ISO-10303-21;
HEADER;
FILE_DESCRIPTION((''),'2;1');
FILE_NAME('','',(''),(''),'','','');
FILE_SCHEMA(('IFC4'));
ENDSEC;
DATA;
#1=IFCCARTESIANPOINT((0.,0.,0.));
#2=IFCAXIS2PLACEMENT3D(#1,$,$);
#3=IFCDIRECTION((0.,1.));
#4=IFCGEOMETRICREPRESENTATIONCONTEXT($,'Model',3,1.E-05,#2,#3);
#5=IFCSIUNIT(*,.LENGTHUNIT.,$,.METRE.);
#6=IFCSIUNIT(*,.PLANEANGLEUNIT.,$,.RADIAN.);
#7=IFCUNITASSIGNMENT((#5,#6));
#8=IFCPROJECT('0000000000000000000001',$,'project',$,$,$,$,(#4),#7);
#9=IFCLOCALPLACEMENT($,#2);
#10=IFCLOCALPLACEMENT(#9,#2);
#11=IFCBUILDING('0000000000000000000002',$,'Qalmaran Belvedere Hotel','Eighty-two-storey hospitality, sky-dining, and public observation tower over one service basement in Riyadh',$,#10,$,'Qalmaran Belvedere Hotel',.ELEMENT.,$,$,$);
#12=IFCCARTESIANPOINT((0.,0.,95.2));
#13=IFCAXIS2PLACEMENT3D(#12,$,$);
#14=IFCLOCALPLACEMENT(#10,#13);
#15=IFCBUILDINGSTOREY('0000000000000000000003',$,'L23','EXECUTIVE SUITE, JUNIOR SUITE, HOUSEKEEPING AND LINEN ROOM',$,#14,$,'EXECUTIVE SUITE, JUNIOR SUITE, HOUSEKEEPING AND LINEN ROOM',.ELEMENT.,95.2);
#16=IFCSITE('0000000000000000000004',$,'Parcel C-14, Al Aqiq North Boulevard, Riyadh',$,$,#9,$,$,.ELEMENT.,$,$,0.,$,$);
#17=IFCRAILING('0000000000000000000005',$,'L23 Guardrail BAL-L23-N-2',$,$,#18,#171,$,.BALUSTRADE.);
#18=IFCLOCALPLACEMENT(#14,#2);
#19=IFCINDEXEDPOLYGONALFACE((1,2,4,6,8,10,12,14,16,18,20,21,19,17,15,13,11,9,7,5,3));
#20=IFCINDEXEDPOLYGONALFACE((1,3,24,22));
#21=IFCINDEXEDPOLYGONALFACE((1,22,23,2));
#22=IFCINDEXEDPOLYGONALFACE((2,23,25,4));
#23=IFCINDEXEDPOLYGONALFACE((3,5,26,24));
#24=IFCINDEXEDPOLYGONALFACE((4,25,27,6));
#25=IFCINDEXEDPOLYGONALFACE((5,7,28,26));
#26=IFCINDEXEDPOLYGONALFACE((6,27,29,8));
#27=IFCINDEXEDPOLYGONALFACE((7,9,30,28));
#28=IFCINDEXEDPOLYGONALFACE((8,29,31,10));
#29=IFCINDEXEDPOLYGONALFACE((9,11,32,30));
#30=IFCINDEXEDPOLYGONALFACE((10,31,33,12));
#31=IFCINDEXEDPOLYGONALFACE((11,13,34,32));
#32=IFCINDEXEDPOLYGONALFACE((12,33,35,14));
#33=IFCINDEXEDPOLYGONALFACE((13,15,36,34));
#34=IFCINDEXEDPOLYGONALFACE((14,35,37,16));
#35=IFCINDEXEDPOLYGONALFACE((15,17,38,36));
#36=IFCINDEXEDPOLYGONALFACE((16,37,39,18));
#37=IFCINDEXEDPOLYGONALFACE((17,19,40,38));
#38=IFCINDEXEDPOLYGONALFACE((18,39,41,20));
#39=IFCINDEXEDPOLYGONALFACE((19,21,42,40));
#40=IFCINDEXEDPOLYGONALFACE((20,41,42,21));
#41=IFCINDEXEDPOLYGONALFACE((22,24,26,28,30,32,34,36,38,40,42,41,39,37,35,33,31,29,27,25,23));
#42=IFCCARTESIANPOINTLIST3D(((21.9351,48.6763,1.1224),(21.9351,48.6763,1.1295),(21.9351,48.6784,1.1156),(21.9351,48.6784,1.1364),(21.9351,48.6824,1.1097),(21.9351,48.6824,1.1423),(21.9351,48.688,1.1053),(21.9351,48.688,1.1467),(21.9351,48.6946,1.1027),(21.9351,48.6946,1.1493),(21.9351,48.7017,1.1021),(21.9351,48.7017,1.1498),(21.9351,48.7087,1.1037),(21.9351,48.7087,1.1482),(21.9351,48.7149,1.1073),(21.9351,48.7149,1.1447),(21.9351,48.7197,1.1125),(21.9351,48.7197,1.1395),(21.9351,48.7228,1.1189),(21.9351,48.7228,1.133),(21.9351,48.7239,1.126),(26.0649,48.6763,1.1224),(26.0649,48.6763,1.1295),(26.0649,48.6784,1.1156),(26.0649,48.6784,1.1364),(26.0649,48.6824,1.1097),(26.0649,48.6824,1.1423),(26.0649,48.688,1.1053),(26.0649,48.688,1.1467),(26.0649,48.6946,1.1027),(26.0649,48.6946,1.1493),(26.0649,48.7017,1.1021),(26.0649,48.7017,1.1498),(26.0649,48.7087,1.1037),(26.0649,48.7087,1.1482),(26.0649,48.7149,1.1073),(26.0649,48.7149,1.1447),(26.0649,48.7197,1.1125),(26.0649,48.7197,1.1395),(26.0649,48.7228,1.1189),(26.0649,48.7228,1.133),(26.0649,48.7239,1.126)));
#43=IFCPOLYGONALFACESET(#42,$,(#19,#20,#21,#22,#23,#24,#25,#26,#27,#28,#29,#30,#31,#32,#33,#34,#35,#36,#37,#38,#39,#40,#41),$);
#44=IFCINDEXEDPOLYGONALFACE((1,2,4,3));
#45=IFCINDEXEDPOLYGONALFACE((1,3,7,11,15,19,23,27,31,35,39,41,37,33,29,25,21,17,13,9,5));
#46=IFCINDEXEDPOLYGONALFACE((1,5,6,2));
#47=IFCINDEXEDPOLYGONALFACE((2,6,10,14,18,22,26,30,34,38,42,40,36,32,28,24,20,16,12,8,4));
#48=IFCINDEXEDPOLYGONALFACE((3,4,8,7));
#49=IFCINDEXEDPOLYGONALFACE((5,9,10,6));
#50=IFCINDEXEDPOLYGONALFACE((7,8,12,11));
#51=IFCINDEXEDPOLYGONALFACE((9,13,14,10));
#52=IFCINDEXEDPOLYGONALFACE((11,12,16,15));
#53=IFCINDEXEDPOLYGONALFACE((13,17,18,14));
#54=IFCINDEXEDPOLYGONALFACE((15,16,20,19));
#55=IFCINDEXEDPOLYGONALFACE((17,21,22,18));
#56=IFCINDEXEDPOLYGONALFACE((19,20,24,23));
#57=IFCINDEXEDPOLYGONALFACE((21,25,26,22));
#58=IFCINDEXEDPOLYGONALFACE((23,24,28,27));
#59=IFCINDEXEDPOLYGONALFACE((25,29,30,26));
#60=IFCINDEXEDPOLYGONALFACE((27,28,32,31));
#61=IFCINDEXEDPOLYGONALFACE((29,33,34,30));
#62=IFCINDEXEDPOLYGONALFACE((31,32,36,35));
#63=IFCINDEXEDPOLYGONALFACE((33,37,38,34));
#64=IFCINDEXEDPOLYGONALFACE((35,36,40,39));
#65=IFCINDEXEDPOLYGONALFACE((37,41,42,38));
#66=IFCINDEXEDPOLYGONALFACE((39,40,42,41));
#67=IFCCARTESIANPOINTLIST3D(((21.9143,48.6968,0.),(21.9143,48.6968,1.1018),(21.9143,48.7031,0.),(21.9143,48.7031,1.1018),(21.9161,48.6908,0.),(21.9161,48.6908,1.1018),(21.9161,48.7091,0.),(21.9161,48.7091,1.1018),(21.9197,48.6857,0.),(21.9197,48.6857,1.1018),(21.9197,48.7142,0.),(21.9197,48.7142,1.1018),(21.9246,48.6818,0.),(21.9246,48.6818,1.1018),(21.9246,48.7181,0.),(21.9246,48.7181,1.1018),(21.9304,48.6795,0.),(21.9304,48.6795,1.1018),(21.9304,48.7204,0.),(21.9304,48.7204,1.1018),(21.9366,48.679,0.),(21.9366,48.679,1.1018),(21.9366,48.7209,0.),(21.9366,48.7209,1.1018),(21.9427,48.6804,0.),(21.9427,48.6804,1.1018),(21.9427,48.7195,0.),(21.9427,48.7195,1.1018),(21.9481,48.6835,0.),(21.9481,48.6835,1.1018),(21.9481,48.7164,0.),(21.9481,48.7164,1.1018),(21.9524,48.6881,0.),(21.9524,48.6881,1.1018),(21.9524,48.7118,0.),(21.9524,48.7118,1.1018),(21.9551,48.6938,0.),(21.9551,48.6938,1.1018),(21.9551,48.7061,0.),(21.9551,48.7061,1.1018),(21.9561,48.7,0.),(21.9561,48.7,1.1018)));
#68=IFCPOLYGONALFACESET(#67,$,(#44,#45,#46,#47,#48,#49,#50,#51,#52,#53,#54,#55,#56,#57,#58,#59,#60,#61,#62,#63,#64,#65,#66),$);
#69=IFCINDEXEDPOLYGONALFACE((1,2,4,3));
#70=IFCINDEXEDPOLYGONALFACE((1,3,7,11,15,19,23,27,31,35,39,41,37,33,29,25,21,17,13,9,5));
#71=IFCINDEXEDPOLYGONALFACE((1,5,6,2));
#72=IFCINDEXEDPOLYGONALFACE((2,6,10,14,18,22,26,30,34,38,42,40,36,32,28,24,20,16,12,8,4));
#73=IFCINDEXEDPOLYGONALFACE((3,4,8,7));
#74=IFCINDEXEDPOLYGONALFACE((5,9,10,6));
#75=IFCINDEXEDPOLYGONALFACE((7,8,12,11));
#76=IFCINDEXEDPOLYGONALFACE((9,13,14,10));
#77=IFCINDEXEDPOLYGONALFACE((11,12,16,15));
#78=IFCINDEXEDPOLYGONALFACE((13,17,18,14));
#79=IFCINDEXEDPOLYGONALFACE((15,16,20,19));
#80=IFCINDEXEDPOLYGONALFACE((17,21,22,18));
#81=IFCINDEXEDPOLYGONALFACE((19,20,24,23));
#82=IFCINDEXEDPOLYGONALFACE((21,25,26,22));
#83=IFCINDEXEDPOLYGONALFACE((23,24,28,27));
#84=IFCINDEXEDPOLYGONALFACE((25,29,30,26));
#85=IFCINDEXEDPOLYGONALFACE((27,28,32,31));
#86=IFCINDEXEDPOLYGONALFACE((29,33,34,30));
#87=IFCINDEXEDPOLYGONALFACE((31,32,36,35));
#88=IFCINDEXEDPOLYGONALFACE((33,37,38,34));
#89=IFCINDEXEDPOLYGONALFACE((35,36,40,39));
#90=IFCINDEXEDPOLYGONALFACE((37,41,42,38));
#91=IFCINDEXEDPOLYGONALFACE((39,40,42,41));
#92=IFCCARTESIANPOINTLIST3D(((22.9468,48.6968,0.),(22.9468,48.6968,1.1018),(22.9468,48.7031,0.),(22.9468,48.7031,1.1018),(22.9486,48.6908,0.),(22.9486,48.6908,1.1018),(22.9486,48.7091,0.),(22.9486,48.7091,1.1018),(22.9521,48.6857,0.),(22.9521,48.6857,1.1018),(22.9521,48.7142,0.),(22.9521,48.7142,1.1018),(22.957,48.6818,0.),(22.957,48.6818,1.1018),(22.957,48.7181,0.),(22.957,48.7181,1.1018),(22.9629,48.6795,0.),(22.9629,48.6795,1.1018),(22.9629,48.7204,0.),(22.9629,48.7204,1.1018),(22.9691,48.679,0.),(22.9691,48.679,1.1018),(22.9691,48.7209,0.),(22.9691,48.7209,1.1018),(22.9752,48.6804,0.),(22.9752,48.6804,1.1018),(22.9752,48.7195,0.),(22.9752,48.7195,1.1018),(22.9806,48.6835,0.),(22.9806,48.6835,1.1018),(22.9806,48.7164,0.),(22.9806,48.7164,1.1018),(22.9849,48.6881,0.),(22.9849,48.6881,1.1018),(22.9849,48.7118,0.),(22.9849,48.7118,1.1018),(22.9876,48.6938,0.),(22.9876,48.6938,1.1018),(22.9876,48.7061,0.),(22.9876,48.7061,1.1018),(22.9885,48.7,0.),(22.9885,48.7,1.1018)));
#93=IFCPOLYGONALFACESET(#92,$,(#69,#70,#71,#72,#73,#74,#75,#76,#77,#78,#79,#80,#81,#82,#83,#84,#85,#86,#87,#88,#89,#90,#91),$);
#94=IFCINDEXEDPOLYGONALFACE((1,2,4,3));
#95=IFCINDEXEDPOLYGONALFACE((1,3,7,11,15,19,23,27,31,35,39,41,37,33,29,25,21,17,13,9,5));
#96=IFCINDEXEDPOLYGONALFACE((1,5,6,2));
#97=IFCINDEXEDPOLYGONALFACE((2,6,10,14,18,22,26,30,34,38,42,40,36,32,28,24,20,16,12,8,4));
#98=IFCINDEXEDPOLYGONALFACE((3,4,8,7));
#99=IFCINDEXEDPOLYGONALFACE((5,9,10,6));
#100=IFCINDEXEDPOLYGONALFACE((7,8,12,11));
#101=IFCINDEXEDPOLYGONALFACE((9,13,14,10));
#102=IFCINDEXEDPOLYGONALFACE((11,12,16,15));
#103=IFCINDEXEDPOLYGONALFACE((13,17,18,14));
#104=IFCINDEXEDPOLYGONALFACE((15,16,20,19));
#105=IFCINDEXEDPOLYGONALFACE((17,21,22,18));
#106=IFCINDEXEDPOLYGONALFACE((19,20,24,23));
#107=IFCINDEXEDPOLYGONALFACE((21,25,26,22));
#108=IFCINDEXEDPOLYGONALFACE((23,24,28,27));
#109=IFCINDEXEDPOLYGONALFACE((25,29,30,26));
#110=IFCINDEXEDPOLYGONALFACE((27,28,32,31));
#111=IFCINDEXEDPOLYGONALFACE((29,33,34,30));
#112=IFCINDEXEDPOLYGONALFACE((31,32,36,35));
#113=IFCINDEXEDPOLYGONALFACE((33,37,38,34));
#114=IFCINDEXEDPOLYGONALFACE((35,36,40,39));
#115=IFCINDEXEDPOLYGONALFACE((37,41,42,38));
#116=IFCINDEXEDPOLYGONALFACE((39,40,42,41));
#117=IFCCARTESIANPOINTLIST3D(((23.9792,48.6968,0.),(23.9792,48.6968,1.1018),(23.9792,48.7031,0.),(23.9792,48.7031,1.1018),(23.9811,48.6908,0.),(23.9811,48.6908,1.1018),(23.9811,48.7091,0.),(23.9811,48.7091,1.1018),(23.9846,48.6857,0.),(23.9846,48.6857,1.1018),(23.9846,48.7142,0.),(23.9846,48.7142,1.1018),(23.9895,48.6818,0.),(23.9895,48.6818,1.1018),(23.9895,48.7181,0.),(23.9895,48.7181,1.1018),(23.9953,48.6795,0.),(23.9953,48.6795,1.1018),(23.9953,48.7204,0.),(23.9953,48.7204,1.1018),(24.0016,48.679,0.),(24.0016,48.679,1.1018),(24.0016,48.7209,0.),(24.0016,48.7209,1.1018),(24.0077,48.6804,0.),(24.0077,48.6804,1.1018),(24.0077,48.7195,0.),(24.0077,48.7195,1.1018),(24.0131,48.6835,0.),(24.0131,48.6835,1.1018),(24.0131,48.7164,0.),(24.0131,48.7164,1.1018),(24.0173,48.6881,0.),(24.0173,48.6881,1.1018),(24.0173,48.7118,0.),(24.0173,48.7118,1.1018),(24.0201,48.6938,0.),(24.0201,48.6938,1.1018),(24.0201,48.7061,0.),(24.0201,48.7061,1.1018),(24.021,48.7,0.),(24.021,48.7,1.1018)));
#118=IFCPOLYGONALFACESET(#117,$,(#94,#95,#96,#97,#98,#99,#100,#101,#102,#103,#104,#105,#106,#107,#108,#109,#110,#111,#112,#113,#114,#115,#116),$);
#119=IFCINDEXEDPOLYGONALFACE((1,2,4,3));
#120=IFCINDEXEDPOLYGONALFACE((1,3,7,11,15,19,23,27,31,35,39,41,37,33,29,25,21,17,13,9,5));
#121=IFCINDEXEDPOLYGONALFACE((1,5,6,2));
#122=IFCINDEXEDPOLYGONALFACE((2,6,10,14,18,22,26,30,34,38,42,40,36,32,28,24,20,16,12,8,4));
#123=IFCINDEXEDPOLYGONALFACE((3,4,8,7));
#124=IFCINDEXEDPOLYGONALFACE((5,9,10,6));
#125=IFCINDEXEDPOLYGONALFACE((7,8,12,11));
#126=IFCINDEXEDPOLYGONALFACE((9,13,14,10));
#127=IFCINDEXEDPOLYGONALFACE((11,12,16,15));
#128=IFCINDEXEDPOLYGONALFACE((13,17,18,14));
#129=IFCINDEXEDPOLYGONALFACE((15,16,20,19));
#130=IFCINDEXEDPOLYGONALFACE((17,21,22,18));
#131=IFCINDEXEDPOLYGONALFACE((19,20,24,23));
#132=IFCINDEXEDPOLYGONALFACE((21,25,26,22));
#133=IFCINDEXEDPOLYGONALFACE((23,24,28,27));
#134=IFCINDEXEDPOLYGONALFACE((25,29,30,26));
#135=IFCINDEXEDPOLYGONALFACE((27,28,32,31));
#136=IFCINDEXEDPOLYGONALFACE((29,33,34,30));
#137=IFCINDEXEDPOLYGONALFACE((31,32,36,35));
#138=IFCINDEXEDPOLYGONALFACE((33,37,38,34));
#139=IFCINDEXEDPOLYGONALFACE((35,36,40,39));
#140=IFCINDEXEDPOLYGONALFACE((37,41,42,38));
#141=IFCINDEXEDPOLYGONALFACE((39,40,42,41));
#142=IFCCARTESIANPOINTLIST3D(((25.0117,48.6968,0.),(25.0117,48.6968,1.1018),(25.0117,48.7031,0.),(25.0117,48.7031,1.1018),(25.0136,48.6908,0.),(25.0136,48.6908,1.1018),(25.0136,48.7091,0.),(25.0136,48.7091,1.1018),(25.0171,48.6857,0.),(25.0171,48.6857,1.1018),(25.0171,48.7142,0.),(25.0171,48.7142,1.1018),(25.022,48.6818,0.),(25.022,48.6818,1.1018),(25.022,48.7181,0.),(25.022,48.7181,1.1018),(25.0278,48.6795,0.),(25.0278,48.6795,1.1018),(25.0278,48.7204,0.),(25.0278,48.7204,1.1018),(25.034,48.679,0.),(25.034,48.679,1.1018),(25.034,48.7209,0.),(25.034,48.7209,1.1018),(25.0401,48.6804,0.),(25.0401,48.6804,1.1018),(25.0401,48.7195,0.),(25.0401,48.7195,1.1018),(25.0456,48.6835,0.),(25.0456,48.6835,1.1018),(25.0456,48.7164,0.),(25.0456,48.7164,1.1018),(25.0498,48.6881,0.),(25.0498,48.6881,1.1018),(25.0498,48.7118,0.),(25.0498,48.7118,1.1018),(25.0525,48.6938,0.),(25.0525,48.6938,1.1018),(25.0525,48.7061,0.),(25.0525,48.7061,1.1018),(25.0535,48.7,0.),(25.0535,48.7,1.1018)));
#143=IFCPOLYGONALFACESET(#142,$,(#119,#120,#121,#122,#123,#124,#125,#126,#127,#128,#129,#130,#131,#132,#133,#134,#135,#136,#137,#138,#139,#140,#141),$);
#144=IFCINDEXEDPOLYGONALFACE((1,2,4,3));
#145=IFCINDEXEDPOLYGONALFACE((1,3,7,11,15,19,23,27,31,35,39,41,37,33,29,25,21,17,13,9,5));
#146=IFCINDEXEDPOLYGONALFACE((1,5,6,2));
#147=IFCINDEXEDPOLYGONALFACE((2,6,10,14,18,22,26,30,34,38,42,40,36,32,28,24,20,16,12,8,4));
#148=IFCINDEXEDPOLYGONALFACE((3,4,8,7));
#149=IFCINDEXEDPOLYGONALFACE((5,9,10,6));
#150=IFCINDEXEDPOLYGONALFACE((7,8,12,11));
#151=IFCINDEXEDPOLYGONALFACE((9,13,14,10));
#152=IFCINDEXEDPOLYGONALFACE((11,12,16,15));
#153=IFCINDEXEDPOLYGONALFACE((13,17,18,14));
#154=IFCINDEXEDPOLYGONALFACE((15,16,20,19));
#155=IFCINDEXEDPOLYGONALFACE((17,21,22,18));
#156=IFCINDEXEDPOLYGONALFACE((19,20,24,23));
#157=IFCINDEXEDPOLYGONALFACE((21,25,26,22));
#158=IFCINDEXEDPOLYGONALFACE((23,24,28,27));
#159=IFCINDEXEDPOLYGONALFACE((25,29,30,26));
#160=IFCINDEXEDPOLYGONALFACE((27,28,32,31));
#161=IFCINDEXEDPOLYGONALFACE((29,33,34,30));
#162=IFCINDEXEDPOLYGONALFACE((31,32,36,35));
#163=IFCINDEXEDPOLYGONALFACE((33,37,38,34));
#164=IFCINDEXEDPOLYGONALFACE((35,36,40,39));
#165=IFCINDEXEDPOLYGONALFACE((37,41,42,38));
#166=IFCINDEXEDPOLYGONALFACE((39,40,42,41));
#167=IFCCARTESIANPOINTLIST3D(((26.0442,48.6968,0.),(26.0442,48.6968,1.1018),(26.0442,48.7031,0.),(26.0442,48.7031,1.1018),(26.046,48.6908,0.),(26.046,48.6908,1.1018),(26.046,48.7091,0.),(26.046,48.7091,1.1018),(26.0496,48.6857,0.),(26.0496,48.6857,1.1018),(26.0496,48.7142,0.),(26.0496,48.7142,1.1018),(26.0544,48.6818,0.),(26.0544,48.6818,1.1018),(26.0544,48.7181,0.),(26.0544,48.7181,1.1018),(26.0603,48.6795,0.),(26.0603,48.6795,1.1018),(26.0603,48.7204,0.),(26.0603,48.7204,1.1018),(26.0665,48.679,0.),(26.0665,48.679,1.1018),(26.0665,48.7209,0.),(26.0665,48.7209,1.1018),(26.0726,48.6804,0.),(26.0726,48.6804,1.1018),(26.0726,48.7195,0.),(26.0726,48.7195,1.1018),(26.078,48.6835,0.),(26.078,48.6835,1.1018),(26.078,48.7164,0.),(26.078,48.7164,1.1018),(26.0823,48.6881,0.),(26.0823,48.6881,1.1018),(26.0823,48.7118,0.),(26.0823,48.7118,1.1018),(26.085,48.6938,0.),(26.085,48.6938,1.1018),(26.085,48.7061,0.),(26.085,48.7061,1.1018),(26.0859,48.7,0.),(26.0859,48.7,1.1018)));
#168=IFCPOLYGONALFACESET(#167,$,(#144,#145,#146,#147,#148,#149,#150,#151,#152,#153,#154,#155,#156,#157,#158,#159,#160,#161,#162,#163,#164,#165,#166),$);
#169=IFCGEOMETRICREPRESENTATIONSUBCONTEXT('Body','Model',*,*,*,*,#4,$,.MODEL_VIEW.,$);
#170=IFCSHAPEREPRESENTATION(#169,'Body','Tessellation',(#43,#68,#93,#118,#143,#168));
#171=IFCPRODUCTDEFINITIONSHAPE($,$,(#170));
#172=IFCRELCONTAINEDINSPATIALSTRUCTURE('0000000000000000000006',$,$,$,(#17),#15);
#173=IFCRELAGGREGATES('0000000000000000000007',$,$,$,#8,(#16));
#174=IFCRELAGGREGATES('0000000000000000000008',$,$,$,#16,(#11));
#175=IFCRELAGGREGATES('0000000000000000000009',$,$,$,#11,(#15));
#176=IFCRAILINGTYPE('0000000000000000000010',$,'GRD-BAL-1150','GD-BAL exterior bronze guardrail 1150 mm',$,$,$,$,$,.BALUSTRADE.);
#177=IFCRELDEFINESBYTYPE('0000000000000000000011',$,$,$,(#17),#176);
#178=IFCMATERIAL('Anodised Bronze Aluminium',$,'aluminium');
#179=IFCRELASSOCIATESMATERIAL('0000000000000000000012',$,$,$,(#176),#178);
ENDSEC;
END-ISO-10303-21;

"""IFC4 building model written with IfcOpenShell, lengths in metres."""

from ifc_helpers import new_model, si_unit, direction, frame, origin, origin_2d, place, context, subcontext, project, spatial, circle, extrude, material, type_object, element, save


model = new_model("IFC4")

# Units and contexts
model_context = context("Model", 3, precision=1e-05, world=origin(), true_north=direction((0.0, 1.0)))
body_context = subcontext(model_context, "Body", "Model", "MODEL_VIEW")
ifc_project = project(units=[si_unit("LENGTHUNIT", "METRE"), si_unit("PLANEANGLEUNIT", "RADIAN")], contexts=[model_context])

# Site, building, storey
site_placement = place(None, origin())
site = spatial("IfcSite", under=ifc_project, at=site_placement, Name="Parcel C-14, Al Aqiq North Boulevard, Riyadh", CompositionType="ELEMENT", RefElevation=0.0)
building_placement = place(site_placement, origin())
building = spatial("IfcBuilding", under=site, at=building_placement, Name="Qalmaran Belvedere Hotel", Description="Eighty-two-storey hospitality, sky-dining, and public observation tower over one service basement in Riyadh", LongName="Qalmaran Belvedere Hotel", CompositionType="ELEMENT")
storey_placement = place(building_placement, frame((0.0, 0.0, 95.2)))
storey = spatial("IfcBuildingStorey", under=building, at=storey_placement, Name="L23", Description="EXECUTIVE SUITE, JUNIOR SUITE, HOUSEKEEPING AND LINEN ROOM", LongName="EXECUTIVE SUITE, JUNIOR SUITE, HOUSEKEEPING AND LINEN ROOM", CompositionType="ELEMENT", Elevation=95.2)

# Shared definitions
ifc_material_1 = material(Name="Anodised Bronze Aluminium", Category="aluminium")

# Railing
railing_type = type_object("IfcRailingType", Name="GRD-BAL-1150", Description="GD-BAL exterior bronze guardrail 1150 mm", PredefinedType="BALUSTRADE", material=ifc_material_1)
railing_1_placement = place(storey_placement, frame((21.9351, 48.7, 0.0)))
element("IfcRailing", 1, at=railing_1_placement, inside=storey, type_object=railing_type, Name="L23 Guardrail BAL-L23-N-2", PredefinedType="BALUSTRADE", context=body_context, shape_type="SweptSolid", body=[
    extrude(circle(Radius=0.0239, at=origin_2d()), frame((0.0, 0.0, 1.126), z_axis=(1.0, 0.0, 0.0), x_axis=(0.0, 1.0, 0.0)), (0.0, 0.0, 1.0), 4.1299),
    extrude(circle(Radius=0.021, at=origin_2d()), origin(), (0.0, 0.0, 1.0), 1.1018),
    extrude(circle(Radius=0.021, at=origin_2d()), frame((1.0325, 0.0, 0.0)), (0.0, 0.0, 1.0), 1.1018),
    extrude(circle(Radius=0.021, at=origin_2d()), frame((2.0649, 0.0, 0.0)), (0.0, 0.0, 1.0), 1.1018),
    extrude(circle(Radius=0.021, at=origin_2d()), frame((3.0974, 0.0, 0.0)), (0.0, 0.0, 1.0), 1.1018),
    extrude(circle(Radius=0.021, at=origin_2d()), frame((4.1299, 0.0, 0.0)), (0.0, 0.0, 1.0), 1.1018),
])

save(model, "model.ifc")
